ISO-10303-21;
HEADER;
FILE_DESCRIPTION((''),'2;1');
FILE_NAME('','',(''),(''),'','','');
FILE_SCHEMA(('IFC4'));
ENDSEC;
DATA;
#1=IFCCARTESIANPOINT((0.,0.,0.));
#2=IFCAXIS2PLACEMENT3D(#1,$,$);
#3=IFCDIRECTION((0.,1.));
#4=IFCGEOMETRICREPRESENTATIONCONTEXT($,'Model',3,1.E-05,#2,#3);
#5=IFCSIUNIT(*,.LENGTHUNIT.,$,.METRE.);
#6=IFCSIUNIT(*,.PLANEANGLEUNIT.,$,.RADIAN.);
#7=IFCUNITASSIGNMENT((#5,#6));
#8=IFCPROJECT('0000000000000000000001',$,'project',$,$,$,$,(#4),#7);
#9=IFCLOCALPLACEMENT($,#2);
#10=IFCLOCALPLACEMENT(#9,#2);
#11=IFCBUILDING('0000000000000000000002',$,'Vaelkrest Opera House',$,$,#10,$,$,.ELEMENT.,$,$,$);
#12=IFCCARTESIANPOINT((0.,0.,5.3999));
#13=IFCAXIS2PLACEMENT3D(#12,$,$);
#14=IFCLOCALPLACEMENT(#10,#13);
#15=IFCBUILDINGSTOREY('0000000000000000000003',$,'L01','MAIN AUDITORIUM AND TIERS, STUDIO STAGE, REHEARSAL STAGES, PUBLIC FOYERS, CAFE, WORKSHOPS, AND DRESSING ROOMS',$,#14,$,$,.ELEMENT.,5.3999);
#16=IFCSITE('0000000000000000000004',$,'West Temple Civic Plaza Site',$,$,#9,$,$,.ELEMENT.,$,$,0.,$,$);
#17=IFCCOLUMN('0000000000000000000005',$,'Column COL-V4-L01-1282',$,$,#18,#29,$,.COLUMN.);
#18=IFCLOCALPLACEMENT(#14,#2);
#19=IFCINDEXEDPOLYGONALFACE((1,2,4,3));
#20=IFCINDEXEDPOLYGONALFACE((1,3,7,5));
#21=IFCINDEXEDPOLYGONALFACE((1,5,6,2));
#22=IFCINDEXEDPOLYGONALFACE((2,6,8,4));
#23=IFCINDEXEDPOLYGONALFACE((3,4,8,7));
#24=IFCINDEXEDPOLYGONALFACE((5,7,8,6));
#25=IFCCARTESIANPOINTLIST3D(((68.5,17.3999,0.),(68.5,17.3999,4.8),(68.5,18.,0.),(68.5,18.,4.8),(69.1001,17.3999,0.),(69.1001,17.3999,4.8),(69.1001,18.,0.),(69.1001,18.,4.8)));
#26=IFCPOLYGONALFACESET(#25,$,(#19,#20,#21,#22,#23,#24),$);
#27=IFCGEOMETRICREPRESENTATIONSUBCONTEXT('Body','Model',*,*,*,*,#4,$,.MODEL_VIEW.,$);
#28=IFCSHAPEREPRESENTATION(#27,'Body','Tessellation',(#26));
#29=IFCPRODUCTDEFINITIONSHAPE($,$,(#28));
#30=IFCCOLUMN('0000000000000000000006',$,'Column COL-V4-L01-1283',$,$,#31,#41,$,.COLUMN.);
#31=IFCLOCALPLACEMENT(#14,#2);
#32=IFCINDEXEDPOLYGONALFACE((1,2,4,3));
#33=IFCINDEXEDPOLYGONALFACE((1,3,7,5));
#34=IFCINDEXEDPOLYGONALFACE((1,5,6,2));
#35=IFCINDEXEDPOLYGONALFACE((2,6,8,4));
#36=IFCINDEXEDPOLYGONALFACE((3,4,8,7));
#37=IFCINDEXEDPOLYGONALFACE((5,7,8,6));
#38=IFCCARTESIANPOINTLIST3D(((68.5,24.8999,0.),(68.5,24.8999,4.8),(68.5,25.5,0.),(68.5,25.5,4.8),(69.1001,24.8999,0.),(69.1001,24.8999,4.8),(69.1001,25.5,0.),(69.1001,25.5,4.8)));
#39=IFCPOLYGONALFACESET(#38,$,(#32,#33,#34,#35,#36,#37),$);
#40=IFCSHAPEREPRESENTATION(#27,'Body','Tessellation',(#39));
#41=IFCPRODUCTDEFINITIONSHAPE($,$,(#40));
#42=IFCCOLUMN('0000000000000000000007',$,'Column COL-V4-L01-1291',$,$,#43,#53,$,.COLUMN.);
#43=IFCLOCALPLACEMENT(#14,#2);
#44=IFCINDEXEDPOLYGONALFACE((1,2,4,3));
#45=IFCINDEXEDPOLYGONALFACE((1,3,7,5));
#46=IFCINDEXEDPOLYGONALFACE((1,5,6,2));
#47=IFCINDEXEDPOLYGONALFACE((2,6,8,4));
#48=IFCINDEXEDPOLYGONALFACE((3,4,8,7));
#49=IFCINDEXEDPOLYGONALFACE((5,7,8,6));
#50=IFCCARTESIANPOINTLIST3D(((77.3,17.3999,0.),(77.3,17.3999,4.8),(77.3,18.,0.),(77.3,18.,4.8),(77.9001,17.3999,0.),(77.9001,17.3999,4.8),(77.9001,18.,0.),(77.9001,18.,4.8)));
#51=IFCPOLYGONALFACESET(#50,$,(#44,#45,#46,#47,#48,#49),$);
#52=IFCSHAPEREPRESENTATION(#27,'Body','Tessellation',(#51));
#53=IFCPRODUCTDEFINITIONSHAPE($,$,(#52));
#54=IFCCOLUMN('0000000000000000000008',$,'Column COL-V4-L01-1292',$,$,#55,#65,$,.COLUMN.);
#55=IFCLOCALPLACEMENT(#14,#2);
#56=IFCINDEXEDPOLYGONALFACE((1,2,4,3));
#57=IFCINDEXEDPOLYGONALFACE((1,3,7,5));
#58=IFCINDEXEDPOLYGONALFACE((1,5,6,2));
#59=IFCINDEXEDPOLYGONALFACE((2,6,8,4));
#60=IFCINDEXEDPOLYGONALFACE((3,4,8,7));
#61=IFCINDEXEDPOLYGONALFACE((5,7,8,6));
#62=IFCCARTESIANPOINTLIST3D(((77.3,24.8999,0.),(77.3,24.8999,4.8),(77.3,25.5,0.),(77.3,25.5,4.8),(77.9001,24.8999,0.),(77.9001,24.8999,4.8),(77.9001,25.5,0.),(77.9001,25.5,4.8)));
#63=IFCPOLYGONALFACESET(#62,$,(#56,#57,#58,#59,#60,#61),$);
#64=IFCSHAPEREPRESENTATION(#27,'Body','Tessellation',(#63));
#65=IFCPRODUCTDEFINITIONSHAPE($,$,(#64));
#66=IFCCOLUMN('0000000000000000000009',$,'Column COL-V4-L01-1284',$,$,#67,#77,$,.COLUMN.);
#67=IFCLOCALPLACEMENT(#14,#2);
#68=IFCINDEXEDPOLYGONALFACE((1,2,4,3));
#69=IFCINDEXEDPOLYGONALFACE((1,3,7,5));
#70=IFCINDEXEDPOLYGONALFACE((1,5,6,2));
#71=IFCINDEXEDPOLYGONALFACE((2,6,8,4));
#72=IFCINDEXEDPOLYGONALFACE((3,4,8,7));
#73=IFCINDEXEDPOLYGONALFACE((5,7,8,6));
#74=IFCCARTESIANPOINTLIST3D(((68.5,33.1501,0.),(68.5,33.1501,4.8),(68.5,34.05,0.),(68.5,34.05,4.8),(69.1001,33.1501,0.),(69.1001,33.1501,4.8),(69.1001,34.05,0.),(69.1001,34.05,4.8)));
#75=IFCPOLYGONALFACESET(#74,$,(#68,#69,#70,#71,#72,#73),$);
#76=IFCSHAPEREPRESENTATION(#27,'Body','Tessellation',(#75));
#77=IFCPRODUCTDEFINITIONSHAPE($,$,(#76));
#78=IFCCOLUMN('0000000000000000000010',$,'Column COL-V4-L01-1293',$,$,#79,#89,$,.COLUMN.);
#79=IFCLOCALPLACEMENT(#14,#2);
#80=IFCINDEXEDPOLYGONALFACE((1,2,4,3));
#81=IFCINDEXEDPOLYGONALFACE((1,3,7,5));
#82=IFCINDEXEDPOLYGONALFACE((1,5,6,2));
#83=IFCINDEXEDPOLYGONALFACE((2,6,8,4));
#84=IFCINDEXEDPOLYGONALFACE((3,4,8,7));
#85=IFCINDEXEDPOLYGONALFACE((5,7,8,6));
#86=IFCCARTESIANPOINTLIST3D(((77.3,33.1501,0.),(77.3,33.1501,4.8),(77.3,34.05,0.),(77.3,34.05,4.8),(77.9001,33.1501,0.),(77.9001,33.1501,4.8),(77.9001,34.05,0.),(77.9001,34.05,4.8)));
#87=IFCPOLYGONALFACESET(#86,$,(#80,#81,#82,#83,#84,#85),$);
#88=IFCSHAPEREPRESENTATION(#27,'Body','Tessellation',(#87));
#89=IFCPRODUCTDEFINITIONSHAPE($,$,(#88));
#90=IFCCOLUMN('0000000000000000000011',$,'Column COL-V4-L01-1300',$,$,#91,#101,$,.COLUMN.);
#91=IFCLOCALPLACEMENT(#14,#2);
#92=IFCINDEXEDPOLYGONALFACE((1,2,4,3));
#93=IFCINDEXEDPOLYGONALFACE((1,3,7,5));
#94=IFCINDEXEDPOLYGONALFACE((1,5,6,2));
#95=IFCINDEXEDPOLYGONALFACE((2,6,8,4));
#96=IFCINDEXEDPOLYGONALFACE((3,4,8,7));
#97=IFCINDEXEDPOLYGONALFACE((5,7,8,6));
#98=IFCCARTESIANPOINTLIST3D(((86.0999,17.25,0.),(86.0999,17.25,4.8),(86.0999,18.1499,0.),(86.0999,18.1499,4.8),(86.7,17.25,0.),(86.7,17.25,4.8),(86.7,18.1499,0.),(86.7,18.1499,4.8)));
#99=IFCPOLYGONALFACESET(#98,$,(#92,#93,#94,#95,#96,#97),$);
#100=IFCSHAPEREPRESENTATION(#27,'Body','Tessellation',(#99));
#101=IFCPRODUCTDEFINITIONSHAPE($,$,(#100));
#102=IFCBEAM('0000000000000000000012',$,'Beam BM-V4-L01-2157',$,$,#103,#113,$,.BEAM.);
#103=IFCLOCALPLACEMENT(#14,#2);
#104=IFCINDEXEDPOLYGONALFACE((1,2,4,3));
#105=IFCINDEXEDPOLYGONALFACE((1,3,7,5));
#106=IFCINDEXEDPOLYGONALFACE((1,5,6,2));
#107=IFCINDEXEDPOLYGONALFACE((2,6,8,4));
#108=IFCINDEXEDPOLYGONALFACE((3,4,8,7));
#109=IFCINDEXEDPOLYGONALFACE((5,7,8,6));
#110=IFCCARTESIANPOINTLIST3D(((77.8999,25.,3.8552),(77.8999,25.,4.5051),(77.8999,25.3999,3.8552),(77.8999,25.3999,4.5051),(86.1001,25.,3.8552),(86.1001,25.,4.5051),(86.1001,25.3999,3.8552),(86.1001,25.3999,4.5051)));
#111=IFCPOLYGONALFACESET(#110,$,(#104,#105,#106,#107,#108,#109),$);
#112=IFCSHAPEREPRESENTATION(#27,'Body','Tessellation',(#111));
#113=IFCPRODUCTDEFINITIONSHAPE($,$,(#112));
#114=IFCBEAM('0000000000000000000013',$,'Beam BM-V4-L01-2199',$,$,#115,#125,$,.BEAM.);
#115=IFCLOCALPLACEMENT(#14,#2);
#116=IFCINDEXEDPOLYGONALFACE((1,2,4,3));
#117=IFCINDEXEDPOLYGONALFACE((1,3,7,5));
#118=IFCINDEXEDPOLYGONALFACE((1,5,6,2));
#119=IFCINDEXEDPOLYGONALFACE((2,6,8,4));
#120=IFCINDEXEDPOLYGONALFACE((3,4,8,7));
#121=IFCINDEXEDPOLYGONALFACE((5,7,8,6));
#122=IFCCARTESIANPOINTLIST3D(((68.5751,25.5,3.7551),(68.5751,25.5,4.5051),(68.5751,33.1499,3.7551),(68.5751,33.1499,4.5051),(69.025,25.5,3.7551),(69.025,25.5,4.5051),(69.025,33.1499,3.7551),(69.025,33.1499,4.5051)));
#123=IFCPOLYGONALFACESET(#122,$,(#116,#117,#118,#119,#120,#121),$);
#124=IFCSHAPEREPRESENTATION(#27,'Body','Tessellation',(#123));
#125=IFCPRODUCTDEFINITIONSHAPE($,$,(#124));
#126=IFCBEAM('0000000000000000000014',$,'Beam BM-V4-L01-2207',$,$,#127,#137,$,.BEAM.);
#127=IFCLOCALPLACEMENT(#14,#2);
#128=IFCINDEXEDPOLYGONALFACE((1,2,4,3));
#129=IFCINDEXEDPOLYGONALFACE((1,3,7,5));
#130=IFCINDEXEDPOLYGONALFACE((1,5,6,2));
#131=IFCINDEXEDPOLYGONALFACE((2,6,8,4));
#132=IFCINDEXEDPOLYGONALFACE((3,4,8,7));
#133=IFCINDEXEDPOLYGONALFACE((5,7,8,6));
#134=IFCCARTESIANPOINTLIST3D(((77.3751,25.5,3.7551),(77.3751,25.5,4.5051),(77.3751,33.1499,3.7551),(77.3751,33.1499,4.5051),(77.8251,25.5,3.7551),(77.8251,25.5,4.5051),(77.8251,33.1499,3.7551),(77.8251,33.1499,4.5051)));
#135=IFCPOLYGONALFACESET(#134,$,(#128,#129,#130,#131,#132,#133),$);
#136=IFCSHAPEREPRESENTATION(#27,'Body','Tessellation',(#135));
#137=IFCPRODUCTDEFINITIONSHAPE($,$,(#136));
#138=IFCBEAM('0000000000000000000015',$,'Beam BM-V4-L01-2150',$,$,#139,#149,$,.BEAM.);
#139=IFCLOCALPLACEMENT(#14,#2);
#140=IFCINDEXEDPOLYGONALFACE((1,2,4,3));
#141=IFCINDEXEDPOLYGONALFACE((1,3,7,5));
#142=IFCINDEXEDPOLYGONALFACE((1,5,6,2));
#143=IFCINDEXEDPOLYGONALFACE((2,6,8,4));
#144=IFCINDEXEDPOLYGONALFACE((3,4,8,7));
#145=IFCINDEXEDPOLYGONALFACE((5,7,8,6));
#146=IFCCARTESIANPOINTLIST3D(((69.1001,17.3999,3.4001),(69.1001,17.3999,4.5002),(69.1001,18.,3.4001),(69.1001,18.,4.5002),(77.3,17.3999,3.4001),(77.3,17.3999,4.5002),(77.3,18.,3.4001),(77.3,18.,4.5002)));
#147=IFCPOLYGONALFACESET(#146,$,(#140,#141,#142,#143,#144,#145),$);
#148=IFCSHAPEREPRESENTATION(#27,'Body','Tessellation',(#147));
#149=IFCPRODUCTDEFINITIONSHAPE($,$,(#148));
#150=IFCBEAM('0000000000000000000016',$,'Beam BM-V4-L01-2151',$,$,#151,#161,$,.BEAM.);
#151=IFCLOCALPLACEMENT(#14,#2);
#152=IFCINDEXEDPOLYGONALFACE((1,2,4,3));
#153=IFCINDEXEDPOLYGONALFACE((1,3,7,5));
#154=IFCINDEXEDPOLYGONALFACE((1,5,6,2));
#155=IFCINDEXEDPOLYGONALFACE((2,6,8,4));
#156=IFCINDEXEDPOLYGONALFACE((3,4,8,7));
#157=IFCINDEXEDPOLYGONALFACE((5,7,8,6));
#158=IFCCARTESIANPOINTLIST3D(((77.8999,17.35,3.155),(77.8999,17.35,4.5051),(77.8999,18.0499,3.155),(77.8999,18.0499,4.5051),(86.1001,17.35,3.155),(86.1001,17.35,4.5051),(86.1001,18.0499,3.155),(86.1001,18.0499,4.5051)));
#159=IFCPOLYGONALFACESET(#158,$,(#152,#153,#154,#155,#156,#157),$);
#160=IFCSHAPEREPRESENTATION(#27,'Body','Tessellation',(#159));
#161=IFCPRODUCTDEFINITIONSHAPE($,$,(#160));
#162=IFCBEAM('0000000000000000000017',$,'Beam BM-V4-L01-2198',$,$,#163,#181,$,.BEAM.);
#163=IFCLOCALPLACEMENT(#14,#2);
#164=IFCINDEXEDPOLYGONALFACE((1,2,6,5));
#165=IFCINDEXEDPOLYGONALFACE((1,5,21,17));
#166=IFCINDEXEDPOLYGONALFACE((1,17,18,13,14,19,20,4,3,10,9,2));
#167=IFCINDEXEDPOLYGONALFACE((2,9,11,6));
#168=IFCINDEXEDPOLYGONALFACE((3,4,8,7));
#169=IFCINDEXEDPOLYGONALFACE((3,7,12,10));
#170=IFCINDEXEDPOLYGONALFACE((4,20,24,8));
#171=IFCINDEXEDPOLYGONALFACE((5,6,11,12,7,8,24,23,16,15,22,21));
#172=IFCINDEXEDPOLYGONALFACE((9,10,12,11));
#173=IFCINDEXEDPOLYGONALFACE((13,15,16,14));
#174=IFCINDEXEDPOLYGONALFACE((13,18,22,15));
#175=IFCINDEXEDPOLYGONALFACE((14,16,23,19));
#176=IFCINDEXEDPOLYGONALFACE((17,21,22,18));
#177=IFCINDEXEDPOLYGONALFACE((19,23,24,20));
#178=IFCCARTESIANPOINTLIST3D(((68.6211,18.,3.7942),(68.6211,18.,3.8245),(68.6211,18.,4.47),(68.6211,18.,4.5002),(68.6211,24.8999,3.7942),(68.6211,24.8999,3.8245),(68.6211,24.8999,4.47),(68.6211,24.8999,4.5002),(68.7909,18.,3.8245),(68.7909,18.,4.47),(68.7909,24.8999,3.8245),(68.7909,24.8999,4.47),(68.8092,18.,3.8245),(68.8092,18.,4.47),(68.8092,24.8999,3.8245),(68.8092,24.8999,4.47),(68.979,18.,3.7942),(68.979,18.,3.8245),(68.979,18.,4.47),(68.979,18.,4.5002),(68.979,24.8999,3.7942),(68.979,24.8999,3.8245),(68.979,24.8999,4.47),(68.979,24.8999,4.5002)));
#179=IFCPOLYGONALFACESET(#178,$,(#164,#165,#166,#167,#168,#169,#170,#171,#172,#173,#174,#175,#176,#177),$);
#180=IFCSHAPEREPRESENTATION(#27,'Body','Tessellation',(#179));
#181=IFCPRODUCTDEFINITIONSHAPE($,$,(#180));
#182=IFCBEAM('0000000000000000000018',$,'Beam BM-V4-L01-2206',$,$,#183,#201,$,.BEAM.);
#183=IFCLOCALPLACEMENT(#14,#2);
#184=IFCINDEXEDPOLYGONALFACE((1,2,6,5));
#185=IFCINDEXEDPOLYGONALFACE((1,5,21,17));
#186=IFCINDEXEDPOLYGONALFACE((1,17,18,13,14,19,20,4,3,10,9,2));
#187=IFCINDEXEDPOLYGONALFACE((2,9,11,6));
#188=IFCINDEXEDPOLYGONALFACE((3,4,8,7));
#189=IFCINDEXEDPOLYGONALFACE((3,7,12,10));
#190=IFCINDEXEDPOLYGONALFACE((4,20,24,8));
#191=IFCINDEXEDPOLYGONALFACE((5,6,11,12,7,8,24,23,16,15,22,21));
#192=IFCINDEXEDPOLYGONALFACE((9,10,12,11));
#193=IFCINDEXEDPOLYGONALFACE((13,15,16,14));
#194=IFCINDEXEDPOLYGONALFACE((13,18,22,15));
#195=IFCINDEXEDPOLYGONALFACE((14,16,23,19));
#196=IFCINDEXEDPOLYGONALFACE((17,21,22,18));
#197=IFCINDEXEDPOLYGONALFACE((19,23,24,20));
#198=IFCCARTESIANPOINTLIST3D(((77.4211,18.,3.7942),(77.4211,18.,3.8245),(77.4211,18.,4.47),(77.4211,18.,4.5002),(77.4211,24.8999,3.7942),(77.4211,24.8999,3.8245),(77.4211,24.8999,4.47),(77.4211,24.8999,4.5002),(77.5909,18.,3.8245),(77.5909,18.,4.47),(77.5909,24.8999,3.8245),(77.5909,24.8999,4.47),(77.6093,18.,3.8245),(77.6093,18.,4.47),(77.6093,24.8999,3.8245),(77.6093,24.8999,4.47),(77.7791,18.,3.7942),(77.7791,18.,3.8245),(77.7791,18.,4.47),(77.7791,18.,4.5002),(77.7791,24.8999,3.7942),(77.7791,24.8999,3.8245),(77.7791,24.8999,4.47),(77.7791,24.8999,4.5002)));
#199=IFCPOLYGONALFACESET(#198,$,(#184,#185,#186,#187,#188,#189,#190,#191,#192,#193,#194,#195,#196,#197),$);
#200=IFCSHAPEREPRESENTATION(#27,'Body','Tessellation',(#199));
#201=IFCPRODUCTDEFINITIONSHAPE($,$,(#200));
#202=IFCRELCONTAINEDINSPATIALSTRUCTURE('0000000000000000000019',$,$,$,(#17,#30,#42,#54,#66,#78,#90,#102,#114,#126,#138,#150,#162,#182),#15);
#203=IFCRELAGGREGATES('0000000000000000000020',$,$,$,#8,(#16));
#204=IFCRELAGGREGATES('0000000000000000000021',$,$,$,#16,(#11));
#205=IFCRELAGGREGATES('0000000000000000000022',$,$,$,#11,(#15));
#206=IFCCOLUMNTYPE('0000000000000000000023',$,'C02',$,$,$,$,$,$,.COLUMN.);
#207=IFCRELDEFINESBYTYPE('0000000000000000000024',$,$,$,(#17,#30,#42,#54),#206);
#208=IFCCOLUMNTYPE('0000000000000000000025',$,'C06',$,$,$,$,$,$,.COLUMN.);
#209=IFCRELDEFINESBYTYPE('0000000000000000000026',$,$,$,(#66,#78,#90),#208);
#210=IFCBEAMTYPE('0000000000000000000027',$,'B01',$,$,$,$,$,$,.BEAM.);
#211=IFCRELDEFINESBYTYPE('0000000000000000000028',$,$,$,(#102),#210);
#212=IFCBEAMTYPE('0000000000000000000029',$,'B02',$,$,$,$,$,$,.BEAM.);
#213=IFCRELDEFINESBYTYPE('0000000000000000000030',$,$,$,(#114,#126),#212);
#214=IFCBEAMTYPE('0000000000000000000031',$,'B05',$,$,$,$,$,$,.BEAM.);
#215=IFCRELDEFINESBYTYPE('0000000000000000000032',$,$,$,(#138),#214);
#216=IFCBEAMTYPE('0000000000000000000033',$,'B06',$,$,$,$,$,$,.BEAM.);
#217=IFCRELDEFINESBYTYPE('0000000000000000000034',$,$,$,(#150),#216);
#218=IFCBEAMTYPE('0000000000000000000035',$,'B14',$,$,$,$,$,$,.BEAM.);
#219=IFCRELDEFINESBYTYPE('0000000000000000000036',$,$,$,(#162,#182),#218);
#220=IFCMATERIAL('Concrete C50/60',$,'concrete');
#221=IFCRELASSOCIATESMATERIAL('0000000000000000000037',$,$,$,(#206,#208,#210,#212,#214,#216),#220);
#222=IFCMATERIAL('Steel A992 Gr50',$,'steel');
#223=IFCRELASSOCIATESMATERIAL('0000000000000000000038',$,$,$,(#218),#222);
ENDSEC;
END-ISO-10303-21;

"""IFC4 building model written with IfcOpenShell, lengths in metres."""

from ifc_helpers import new_model, si_unit, direction, frame, origin, origin_2d, place, context, subcontext, project, spatial, rectangle, i_section, extrude, material, material_profile, profile_set, type_object, element, save


model = new_model("IFC4")

# Units and contexts
model_context = context("Model", 3, precision=1e-05, world=origin(), true_north=direction((0.0, 1.0)))
body_context = subcontext(model_context, "Body", "Model", "MODEL_VIEW")
ifc_project = project(units=[si_unit("LENGTHUNIT", "METRE"), si_unit("PLANEANGLEUNIT", "RADIAN")], contexts=[model_context])

# Site, building, storey
site_placement = place(None, origin())
site = spatial("IfcSite", under=ifc_project, at=site_placement, Name="West Temple Civic Plaza Site", CompositionType="ELEMENT", RefElevation=0.0)
building_placement = place(site_placement, origin())
building = spatial("IfcBuilding", under=site, at=building_placement, Name="Vaelkrest Opera House", CompositionType="ELEMENT")
storey_placement = place(building_placement, frame((0.0, 0.0, 5.3999)))
storey = spatial("IfcBuildingStorey", under=building, at=storey_placement, Name="L01", Description="MAIN AUDITORIUM AND TIERS, STUDIO STAGE, REHEARSAL STAGES, PUBLIC FOYERS, CAFE, WORKSHOPS, AND DRESSING ROOMS", CompositionType="ELEMENT", Elevation=5.3999)

# Columns
ifc_material_1 = material(Name="Concrete C50/60", Category="concrete")
ifc_material_profile_1 = material_profile(ifc_material_1, rectangle(XDim=0.6001, YDim=0.6001, at=origin_2d()), Name="RC600X600")
ifc_profile_set_1 = profile_set([ifc_material_profile_1], Name="Concrete C50/60")
column_type_1 = type_object("IfcColumnType", Name="C02", PredefinedType="COLUMN", material=ifc_profile_set_1)
for number, where, z_axis, x_axis, name in (
    (1, (68.8, 17.7, 0.0), (0.0, 0.0, 1.0), (1.0, 0.0, 0.0), "Column COL-V4-L01-1282"),
    (2, (68.8, 25.2, 0.0), (0.0, 0.0, 1.0), (1.0, 0.0, 0.0), "Column COL-V4-L01-1283"),
    (3, (77.6001, 17.7, 0.0), (0.0, 0.0, 1.0), (1.0, 0.0, 0.0), "Column COL-V4-L01-1291"),
    (4, (77.6001, 25.2, 0.0), (0.0, 0.0, 1.0), (1.0, 0.0, 0.0), "Column COL-V4-L01-1292"),
):
    element("IfcColumn", number, at=place(storey_placement, frame(where, z_axis=z_axis, x_axis=x_axis)), inside=storey, type_object=column_type_1, Name=name, PredefinedType="COLUMN", context=body_context, shape_type="SweptSolid", body=[
        extrude(rectangle(XDim=0.6001, YDim=0.6001, at=origin_2d()), origin(), (0.0, 0.0, 1.0), 4.8),
    ])
ifc_material_profile_2 = material_profile(ifc_material_1, rectangle(XDim=0.6001, YDim=0.8999, at=origin_2d()), Name="RC600X900")
ifc_profile_set_2 = profile_set([ifc_material_profile_2], Name="Concrete C50/60")
column_type_2 = type_object("IfcColumnType", Name="C06", PredefinedType="COLUMN", material=ifc_profile_set_2)
for number, where, z_axis, x_axis, name in (
    (5, (68.8, 33.6001, 0.0), (0.0, 0.0, 1.0), (1.0, 0.0, 0.0), "Column COL-V4-L01-1284"),
    (6, (77.6001, 33.6001, 0.0), (0.0, 0.0, 1.0), (1.0, 0.0, 0.0), "Column COL-V4-L01-1293"),
    (7, (86.3999, 17.7, 0.0), (0.0, 0.0, 1.0), (1.0, 0.0, 0.0), "Column COL-V4-L01-1300"),
):
    element("IfcColumn", number, at=place(storey_placement, frame(where, z_axis=z_axis, x_axis=x_axis)), inside=storey, type_object=column_type_2, Name=name, PredefinedType="COLUMN", context=body_context, shape_type="SweptSolid", body=[
        extrude(rectangle(XDim=0.6001, YDim=0.8999, at=origin_2d()), origin(), (0.0, 0.0, 1.0), 4.8),
    ])

# Beams
ifc_material_profile_3 = material_profile(ifc_material_1, rectangle(XDim=0.3999, YDim=0.6499, at=origin_2d()), Name="RCB400X650")
ifc_profile_set_3 = profile_set([ifc_material_profile_3], Name="Concrete C50/60")
beam_type_1 = type_object("IfcBeamType", Name="B01", PredefinedType="BEAM", material=ifc_profile_set_3)
beam_1_placement = place(storey_placement, frame((77.8999, 25.2, 4.1802), z_axis=(1.0, 0.0, 0.0), x_axis=(0.0, 1.0, 0.0)))
element("IfcBeam", 8, at=beam_1_placement, inside=storey, type_object=beam_type_1, Name="Beam BM-V4-L01-2157", PredefinedType="BEAM", context=body_context, shape_type="SweptSolid", body=[
    extrude(rectangle(XDim=0.3999, YDim=0.6499, at=origin_2d()), origin(), (0.0, 0.0, 1.0), 8.2002),
])
ifc_material_profile_4 = material_profile(ifc_material_1, rectangle(XDim=0.45, YDim=0.75, at=origin_2d()), Name="RCB450X750")
ifc_profile_set_4 = profile_set([ifc_material_profile_4], Name="Concrete C50/60")
beam_type_2 = type_object("IfcBeamType", Name="B02", PredefinedType="BEAM", material=ifc_profile_set_4)
for number, where, z_axis, x_axis, name in (
    (9, (68.8, 25.5, 4.1301), (0.0, 1.0, 0.0), (-1.0, 0.0, 0.0), "Beam BM-V4-L01-2199"),
    (10, (77.6001, 25.5, 4.1301), (0.0, 1.0, 0.0), (-1.0, 0.0, 0.0), "Beam BM-V4-L01-2207"),
):
    element("IfcBeam", number, at=place(storey_placement, frame(where, z_axis=z_axis, x_axis=x_axis)), inside=storey, type_object=beam_type_2, Name=name, PredefinedType="BEAM", context=body_context, shape_type="SweptSolid", body=[
        extrude(rectangle(XDim=0.45, YDim=0.75, at=origin_2d()), origin(), (0.0, 0.0, 1.0), 7.6499),
    ])
ifc_material_profile_5 = material_profile(ifc_material_1, rectangle(XDim=0.6001, YDim=1.1001, at=origin_2d()), Name="RCB600X1100")
ifc_profile_set_5 = profile_set([ifc_material_profile_5], Name="Concrete C50/60")
beam_type_3 = type_object("IfcBeamType", Name="B05", PredefinedType="BEAM", material=ifc_profile_set_5)
beam_2_placement = place(storey_placement, frame((69.1001, 17.7, 3.9502), z_axis=(1.0, 0.0, 0.0), x_axis=(0.0, 1.0, 0.0)))
element("IfcBeam", 11, at=beam_2_placement, inside=storey, type_object=beam_type_3, Name="Beam BM-V4-L01-2150", PredefinedType="BEAM", context=body_context, shape_type="SweptSolid", body=[
    extrude(rectangle(XDim=0.6001, YDim=1.1001, at=origin_2d()), origin(), (0.0, 0.0, 1.0), 8.2),
])
ifc_material_profile_6 = material_profile(ifc_material_1, rectangle(XDim=0.7, YDim=1.3501, at=origin_2d()), Name="RCB700X1350")
ifc_profile_set_6 = profile_set([ifc_material_profile_6], Name="Concrete C50/60")
beam_type_4 = type_object("IfcBeamType", Name="B06", PredefinedType="BEAM", material=ifc_profile_set_6)
beam_3_placement = place(storey_placement, frame((77.8999, 17.7, 3.8301), z_axis=(1.0, 0.0, 0.0), x_axis=(0.0, 1.0, 0.0)))
element("IfcBeam", 12, at=beam_3_placement, inside=storey, type_object=beam_type_4, Name="Beam BM-V4-L01-2151", PredefinedType="BEAM", context=body_context, shape_type="SweptSolid", body=[
    extrude(rectangle(XDim=0.7, YDim=1.3501, at=origin_2d()), origin(), (0.0, 0.0, 1.0), 8.2002),
])
ifc_material_2 = material(Name="Steel A992 Gr50", Category="steel")
ifc_material_profile_7 = material_profile(ifc_material_2, i_section(OverallWidth=0.3579, OverallDepth=0.7061, WebThickness=0.0183, FlangeThickness=0.0303, at=origin_2d()), Name="W27X178")
ifc_profile_set_7 = profile_set([ifc_material_profile_7], Name="Steel A992 Gr50")
beam_type_5 = type_object("IfcBeamType", Name="B14", PredefinedType="BEAM", material=ifc_profile_set_7)
for number, where, z_axis, x_axis, name in (
    (13, (68.8, 18.0, 4.1472), (0.0, 1.0, 0.0), (-1.0, 0.0, 0.0), "Beam BM-V4-L01-2198"),
    (14, (77.6001, 18.0, 4.1472), (0.0, 1.0, 0.0), (-1.0, 0.0, 0.0), "Beam BM-V4-L01-2206"),
):
    element("IfcBeam", number, at=place(storey_placement, frame(where, z_axis=z_axis, x_axis=x_axis)), inside=storey, type_object=beam_type_5, Name=name, PredefinedType="BEAM", context=body_context, shape_type="SweptSolid", body=[
        extrude(i_section(OverallWidth=0.3579, OverallDepth=0.7061, WebThickness=0.0183, FlangeThickness=0.0303, at=origin_2d()), origin(), (0.0, 0.0, 1.0), 6.8999),
    ])

save(model, "model.ifc")
